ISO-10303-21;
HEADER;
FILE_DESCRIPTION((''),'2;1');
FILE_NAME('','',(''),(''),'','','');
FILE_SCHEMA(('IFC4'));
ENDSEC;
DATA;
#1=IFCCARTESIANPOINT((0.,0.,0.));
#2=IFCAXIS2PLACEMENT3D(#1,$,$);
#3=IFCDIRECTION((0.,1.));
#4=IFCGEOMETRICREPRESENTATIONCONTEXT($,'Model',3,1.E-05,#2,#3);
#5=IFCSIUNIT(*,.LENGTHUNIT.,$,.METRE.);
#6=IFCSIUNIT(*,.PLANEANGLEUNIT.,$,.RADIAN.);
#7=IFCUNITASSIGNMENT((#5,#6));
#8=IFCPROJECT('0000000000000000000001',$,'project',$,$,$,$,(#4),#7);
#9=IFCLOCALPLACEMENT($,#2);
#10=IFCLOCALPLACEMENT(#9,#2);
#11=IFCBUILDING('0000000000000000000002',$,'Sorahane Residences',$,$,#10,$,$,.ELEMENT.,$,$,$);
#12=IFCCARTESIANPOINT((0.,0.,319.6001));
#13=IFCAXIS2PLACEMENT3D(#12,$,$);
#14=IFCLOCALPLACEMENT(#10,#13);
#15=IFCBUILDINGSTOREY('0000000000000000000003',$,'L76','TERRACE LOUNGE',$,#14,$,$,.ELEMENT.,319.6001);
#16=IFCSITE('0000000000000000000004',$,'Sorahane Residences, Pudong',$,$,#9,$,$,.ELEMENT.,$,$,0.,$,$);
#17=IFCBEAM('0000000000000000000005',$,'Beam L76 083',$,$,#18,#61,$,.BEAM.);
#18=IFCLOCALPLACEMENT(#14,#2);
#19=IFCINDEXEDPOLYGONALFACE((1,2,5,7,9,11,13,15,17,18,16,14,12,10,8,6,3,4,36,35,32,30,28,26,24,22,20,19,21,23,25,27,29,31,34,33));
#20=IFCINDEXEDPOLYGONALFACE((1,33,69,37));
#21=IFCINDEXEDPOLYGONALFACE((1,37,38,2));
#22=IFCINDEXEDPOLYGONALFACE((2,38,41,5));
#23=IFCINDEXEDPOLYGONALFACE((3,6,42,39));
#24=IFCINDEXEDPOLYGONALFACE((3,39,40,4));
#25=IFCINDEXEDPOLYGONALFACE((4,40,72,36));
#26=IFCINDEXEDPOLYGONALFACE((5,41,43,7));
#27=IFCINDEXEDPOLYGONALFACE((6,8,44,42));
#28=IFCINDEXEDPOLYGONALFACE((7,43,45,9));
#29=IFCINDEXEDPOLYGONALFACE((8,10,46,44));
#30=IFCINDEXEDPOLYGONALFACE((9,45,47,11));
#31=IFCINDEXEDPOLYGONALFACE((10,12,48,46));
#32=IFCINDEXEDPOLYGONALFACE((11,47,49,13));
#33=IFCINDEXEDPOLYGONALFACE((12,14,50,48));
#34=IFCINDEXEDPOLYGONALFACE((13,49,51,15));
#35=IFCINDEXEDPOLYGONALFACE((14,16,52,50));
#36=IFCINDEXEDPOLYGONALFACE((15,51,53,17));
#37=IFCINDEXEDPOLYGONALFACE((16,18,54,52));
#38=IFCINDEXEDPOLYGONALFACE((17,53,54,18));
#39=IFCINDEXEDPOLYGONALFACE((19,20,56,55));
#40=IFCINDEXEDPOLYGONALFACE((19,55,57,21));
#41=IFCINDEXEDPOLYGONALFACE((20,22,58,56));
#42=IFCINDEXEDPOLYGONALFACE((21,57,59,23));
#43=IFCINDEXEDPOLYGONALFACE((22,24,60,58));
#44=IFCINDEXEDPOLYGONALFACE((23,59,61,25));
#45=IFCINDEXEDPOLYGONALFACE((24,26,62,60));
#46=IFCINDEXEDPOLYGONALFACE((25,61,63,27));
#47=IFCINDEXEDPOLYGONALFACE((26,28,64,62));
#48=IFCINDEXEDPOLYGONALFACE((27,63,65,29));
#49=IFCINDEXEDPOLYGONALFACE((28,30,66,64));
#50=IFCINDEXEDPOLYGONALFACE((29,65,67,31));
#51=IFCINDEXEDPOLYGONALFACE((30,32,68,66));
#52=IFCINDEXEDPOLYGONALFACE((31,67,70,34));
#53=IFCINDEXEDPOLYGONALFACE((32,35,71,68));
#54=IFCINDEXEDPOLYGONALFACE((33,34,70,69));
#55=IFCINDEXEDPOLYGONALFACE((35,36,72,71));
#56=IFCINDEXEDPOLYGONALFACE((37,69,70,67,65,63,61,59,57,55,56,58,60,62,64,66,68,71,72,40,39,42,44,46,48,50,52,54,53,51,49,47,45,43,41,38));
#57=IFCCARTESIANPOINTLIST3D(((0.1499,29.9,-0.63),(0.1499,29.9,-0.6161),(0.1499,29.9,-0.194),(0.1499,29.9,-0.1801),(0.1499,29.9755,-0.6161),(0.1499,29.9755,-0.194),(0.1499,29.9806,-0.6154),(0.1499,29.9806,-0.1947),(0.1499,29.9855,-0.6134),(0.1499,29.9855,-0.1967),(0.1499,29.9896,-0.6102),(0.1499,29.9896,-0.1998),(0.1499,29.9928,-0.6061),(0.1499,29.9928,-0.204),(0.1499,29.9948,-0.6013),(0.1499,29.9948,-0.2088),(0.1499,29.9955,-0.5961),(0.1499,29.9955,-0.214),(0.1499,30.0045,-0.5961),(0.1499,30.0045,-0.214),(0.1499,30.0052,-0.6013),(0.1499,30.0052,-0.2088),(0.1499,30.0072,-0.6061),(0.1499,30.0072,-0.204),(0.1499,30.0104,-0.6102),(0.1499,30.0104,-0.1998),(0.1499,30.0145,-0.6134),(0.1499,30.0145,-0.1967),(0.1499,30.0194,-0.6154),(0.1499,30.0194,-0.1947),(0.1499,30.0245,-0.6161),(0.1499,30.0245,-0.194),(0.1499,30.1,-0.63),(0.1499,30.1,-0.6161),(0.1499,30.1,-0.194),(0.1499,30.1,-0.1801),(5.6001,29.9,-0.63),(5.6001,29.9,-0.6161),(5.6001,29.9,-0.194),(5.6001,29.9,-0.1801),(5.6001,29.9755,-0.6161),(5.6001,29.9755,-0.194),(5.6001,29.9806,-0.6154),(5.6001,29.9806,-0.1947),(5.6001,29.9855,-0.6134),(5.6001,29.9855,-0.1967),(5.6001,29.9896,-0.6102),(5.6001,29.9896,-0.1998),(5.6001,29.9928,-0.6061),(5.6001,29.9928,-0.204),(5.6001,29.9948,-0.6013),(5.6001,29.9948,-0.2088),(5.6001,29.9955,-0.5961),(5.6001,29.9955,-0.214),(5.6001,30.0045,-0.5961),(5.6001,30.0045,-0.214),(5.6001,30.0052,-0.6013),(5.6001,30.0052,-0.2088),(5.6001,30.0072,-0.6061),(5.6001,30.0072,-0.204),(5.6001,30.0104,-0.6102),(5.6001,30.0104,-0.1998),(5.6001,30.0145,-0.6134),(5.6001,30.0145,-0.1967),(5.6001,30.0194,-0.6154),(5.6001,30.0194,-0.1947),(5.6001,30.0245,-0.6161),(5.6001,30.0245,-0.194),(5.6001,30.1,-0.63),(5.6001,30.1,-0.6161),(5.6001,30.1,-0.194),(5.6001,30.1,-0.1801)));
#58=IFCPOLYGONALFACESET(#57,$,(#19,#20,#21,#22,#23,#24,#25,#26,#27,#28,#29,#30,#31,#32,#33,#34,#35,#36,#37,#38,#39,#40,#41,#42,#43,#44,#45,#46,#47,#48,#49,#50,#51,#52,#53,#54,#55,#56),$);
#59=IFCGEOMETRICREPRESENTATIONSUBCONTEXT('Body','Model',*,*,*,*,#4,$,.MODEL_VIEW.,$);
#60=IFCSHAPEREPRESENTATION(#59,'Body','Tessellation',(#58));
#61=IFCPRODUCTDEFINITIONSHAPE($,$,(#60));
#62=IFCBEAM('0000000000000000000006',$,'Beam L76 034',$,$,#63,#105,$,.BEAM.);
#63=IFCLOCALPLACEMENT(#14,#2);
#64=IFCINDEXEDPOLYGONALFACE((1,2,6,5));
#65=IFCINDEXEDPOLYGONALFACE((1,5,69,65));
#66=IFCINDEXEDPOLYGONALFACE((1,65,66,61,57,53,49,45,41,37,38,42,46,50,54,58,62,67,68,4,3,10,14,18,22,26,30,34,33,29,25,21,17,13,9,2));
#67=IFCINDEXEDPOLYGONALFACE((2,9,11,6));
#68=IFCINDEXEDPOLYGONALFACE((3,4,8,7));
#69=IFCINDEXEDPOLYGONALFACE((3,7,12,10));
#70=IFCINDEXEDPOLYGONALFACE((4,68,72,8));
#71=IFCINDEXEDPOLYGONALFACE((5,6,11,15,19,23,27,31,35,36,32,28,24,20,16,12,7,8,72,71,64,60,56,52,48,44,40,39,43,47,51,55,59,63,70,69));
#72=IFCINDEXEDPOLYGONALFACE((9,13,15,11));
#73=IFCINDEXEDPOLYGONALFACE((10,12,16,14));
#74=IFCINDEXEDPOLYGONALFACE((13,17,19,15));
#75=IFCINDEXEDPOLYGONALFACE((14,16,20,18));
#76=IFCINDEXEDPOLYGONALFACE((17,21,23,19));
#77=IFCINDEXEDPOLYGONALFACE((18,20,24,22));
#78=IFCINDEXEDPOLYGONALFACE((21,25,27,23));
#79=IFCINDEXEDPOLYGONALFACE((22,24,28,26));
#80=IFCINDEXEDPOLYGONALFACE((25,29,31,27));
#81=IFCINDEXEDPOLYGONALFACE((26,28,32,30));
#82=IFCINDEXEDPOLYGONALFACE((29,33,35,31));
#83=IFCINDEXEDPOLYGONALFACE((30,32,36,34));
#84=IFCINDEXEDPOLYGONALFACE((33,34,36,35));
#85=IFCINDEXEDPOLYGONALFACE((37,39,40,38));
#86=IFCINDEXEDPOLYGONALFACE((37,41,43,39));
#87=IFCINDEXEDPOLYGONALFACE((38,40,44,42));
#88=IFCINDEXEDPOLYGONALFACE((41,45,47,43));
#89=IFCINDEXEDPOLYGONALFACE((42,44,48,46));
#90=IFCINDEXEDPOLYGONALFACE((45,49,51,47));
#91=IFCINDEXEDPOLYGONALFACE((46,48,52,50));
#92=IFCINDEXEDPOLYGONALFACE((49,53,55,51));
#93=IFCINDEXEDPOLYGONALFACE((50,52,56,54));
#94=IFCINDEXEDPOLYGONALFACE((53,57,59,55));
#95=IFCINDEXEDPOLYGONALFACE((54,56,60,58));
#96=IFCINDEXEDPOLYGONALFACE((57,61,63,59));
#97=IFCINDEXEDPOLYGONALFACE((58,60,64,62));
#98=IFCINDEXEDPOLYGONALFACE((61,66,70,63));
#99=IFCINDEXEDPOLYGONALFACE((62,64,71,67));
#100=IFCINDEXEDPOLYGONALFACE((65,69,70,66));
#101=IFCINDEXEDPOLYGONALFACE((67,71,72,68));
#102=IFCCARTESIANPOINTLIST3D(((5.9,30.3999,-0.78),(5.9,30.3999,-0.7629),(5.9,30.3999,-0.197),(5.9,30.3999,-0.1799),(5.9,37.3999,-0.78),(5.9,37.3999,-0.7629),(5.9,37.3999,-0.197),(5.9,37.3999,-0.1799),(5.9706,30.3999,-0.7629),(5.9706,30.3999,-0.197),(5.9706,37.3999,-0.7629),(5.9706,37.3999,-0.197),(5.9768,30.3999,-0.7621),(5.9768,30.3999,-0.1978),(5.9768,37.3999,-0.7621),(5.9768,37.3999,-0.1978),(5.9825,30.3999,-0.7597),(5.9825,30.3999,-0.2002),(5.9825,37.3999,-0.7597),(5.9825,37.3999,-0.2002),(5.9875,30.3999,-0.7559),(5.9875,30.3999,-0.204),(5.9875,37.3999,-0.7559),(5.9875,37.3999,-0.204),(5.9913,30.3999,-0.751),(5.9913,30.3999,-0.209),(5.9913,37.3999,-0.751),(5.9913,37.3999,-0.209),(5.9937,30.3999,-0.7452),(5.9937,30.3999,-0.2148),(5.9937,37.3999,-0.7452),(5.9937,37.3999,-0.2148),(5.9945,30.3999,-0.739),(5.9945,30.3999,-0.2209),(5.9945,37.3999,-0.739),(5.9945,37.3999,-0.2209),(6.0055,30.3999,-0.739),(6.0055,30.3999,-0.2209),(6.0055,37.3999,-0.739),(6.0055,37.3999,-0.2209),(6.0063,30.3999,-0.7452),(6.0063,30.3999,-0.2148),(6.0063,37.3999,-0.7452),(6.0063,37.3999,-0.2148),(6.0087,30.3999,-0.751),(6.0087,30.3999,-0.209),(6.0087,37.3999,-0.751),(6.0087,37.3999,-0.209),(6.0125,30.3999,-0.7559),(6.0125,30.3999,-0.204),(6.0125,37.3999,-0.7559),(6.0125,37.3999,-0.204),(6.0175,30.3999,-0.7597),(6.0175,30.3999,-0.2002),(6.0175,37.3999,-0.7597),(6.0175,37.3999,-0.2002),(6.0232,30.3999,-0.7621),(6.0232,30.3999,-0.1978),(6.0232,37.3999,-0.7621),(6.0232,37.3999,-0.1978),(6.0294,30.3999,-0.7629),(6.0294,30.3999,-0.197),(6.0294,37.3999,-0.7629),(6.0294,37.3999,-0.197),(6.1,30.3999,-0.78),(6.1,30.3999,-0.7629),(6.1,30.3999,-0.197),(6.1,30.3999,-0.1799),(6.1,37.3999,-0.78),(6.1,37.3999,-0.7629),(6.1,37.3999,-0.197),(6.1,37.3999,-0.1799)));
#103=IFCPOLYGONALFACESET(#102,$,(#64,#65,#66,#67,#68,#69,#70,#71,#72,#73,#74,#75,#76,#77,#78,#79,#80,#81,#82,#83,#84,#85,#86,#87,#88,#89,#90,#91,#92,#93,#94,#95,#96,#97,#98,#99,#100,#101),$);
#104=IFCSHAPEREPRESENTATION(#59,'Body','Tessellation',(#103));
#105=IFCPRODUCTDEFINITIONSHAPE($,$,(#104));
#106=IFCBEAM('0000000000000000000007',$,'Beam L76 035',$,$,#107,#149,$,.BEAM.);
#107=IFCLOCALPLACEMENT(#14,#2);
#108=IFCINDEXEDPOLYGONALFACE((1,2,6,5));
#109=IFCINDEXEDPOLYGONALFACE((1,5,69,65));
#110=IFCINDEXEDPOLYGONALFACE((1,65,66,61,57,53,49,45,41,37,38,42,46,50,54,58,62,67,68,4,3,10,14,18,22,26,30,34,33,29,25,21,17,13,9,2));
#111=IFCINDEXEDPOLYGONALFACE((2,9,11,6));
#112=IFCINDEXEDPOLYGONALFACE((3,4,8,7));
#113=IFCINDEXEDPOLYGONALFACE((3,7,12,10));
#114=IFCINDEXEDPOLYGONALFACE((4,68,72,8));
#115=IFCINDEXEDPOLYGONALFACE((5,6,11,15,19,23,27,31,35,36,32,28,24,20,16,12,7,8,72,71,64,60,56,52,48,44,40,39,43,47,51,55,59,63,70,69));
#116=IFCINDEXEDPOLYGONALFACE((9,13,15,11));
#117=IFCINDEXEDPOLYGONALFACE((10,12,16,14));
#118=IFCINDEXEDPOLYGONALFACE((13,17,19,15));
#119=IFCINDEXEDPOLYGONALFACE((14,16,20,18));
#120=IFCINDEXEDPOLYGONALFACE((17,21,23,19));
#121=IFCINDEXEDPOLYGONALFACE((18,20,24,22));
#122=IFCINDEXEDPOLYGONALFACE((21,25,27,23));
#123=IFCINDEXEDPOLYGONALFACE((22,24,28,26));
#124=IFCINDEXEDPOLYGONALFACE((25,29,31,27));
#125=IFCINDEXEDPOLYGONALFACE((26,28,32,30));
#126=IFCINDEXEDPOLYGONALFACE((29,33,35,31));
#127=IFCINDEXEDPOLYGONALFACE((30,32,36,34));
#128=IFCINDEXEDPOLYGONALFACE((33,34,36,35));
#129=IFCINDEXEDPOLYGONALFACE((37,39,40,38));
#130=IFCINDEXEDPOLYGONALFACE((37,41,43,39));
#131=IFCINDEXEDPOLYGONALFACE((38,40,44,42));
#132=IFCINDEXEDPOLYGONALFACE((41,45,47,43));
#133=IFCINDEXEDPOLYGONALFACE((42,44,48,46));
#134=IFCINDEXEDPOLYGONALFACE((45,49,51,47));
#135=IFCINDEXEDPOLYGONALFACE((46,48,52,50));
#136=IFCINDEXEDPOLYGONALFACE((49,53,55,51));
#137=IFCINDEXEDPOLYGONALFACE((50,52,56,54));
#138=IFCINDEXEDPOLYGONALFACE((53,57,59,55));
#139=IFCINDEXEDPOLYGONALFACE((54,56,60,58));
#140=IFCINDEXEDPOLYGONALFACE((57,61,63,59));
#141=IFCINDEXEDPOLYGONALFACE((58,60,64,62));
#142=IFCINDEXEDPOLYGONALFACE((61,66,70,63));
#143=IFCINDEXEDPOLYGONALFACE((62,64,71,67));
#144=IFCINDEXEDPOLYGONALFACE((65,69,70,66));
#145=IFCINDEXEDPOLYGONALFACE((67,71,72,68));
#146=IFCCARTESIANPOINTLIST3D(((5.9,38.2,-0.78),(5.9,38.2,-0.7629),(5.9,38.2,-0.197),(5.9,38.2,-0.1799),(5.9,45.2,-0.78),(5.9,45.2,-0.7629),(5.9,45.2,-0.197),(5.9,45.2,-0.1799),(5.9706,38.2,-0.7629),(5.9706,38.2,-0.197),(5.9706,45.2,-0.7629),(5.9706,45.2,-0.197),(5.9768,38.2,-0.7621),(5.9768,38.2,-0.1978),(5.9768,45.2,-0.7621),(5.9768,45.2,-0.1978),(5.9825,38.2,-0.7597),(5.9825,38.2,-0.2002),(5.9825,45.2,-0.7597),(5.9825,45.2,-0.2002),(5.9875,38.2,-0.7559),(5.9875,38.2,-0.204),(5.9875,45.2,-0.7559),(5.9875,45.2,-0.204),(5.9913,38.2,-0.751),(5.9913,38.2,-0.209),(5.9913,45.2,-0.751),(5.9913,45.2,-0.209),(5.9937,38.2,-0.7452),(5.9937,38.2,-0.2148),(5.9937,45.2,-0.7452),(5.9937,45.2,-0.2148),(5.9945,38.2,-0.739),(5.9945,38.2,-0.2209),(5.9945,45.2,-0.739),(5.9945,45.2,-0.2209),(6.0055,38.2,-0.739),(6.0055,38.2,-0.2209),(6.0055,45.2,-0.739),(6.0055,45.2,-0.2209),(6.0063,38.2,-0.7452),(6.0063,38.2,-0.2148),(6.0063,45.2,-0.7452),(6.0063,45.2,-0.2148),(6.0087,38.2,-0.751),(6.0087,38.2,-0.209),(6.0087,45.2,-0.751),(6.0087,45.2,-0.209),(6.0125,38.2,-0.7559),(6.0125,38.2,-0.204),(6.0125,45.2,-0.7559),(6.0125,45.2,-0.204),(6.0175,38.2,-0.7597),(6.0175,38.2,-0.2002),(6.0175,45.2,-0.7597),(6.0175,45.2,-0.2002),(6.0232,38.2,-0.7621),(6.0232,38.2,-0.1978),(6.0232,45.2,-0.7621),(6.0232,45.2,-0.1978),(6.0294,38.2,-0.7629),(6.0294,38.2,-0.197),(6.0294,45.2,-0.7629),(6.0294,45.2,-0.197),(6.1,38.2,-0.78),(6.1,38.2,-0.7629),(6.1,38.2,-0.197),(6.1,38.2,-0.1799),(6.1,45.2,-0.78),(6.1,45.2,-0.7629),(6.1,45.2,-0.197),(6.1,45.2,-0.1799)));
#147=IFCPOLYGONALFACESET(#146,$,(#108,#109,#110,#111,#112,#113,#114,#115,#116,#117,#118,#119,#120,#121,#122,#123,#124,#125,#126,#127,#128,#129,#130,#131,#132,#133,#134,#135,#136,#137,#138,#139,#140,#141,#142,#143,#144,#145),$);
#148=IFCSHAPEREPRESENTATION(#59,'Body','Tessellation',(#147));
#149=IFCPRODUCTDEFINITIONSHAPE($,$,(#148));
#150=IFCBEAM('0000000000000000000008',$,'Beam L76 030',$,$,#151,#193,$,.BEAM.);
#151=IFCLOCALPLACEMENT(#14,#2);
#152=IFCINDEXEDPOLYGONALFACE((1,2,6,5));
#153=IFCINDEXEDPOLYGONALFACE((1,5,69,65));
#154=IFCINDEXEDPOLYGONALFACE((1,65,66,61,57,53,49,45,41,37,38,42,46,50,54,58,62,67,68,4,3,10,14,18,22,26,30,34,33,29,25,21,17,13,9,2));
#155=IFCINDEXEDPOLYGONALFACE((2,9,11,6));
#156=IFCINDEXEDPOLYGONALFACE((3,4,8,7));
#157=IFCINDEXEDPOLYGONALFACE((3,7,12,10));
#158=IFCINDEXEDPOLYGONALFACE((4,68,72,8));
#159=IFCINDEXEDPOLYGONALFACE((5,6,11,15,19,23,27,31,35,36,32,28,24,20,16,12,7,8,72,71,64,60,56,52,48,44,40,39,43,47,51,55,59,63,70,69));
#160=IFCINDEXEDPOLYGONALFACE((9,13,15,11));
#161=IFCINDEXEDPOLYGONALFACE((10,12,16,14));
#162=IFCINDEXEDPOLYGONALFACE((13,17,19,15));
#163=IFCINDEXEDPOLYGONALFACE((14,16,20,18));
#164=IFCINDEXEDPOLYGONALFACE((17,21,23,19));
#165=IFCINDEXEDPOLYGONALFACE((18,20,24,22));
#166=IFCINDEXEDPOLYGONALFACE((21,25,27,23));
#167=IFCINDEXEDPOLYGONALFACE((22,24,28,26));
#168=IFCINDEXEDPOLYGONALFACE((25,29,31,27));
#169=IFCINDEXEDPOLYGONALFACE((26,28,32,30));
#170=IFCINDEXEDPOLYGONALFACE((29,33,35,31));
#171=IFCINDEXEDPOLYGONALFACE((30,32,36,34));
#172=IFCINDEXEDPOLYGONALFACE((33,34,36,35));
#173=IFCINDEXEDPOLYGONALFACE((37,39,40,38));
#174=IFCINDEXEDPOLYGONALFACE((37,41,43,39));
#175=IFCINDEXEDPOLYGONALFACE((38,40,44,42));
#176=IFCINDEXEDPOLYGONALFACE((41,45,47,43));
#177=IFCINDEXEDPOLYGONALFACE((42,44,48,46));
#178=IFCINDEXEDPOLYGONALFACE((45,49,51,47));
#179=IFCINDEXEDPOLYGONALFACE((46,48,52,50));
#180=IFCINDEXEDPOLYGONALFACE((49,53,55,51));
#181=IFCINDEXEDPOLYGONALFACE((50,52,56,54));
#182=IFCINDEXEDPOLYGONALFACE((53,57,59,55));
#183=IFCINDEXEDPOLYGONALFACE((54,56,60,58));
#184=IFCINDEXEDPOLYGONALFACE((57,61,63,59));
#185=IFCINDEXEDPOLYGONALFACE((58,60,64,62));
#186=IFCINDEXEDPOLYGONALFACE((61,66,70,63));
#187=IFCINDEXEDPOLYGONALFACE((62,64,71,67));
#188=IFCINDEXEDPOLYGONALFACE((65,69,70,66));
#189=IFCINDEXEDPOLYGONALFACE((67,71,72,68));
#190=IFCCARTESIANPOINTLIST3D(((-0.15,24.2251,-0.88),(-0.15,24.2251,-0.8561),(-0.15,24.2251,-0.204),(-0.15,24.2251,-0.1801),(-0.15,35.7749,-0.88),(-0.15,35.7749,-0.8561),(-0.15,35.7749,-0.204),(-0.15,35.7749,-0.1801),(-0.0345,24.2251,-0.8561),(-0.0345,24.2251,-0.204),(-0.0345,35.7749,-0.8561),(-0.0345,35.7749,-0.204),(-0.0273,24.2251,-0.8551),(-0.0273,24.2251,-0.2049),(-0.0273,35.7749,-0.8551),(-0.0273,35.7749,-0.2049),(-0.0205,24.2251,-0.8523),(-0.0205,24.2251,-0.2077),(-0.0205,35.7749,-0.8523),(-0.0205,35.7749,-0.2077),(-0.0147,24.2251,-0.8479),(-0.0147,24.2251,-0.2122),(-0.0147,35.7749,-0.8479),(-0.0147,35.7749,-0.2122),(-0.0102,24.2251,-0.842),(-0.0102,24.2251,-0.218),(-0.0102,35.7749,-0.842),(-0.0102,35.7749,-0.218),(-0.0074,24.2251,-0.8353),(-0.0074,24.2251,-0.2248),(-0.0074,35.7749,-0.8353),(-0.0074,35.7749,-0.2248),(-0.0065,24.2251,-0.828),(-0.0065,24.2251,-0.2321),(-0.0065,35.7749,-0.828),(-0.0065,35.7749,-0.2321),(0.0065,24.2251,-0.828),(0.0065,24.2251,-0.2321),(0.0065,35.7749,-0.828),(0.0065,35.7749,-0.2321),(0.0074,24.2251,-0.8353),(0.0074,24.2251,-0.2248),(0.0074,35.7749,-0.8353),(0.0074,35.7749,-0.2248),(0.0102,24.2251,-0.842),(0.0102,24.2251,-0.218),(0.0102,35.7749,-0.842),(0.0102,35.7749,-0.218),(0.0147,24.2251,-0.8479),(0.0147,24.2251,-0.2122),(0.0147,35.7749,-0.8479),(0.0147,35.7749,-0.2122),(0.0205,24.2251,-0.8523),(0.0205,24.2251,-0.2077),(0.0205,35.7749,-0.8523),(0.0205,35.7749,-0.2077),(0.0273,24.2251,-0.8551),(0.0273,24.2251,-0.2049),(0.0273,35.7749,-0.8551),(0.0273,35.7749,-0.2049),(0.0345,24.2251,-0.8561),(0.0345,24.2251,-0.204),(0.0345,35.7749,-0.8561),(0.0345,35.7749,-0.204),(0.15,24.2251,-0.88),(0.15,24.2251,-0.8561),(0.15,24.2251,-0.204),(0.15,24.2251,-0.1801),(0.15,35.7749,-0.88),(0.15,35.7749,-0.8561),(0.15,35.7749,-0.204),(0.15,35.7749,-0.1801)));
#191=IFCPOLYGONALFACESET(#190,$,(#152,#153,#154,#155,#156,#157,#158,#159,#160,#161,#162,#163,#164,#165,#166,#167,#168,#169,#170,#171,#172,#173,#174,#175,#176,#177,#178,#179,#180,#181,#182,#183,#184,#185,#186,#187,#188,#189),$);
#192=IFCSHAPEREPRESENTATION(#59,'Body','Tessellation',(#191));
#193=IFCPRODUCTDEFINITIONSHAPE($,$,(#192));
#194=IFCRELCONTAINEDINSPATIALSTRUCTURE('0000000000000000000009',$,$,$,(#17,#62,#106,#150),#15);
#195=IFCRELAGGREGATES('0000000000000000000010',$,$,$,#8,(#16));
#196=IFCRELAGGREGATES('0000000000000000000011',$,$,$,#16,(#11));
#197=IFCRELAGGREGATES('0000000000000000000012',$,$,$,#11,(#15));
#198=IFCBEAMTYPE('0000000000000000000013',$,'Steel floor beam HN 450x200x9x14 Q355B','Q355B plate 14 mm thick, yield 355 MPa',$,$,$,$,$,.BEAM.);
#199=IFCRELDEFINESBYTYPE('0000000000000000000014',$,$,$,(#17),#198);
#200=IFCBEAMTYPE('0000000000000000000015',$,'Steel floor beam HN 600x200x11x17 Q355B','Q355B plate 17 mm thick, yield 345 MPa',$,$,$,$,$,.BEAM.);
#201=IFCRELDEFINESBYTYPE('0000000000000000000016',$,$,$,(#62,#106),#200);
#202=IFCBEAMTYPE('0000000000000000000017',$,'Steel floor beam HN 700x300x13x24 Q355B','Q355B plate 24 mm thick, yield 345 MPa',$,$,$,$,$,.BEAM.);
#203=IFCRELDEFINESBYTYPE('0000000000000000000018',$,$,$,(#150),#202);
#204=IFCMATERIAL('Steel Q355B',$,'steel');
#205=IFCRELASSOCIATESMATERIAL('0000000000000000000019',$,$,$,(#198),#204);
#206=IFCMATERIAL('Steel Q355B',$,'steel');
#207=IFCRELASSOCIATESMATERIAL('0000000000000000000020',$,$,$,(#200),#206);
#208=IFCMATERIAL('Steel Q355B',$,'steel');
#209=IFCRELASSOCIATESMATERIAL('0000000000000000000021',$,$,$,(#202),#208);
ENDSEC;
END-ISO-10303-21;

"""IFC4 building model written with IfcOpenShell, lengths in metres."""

from ifc_helpers import new_model, si_unit, direction, frame, origin, origin_2d, place, context, subcontext, project, spatial, i_section, extrude, material, material_profile, profile_set, type_object, element, save


model = new_model("IFC4")

# Units and contexts
model_context = context("Model", 3, precision=1e-05, world=origin(), true_north=direction((0.0, 1.0)))
body_context = subcontext(model_context, "Body", "Model", "MODEL_VIEW")
ifc_project = project(units=[si_unit("LENGTHUNIT", "METRE"), si_unit("PLANEANGLEUNIT", "RADIAN")], contexts=[model_context])

# Site, building, storey
site_placement = place(None, origin())
site = spatial("IfcSite", under=ifc_project, at=site_placement, Name="Sorahane Residences, Pudong", CompositionType="ELEMENT", RefElevation=0.0)
building_placement = place(site_placement, origin())
building = spatial("IfcBuilding", under=site, at=building_placement, Name="Sorahane Residences", CompositionType="ELEMENT")
storey_placement = place(building_placement, frame((0.0, 0.0, 319.6001)))
storey = spatial("IfcBuildingStorey", under=building, at=storey_placement, Name="L76", Description="TERRACE LOUNGE", CompositionType="ELEMENT", Elevation=319.6001)

# Beams
ifc_material_1 = material(Name="Steel Q355B", Category="steel")
ifc_material_profile_1 = material_profile(ifc_material_1, i_section(OverallWidth=0.2, OverallDepth=0.45, WebThickness=0.009, FlangeThickness=0.0139, FilletRadius=0.02, at=origin_2d()), Name="HN 450x200x9x14")
ifc_profile_set_1 = profile_set([ifc_material_profile_1], Name="Steel Q355B")
beam_type_1 = type_object("IfcBeamType", Name="Steel floor beam HN 450x200x9x14 Q355B", Description="Q355B plate 14 mm thick, yield 355 MPa", PredefinedType="BEAM", material=ifc_profile_set_1)
beam_1_placement = place(storey_placement, frame((0.1499, 30.0, -0.405), z_axis=(1.0, 0.0, 0.0), x_axis=(0.0, 1.0, 0.0)))
element("IfcBeam", 1, at=beam_1_placement, inside=storey, type_object=beam_type_1, Name="Beam L76 083", PredefinedType="BEAM", context=body_context, shape_type="SweptSolid", body=[
    extrude(i_section(OverallWidth=0.2, OverallDepth=0.45, WebThickness=0.009, FlangeThickness=0.0139, FilletRadius=0.02, at=origin_2d()), origin(), (0.0, 0.0, 1.0), 5.4502),
])
ifc_material_2 = material(Name="Steel Q355B", Category="steel")
ifc_material_profile_2 = material_profile(ifc_material_2, i_section(OverallWidth=0.2, OverallDepth=0.6001, WebThickness=0.011, FlangeThickness=0.0171, FilletRadius=0.0239, at=origin_2d()), Name="HN 600x200x11x17")
ifc_profile_set_2 = profile_set([ifc_material_profile_2], Name="Steel Q355B")
beam_type_2 = type_object("IfcBeamType", Name="Steel floor beam HN 600x200x11x17 Q355B", Description="Q355B plate 17 mm thick, yield 345 MPa", PredefinedType="BEAM", material=ifc_profile_set_2)
for number, where, z_axis, x_axis, name in (
    (2, (6.0, 30.3999, -0.48), (0.0, 1.0, 0.0), (-1.0, 0.0, 0.0), "Beam L76 034"),
    (3, (6.0, 38.2, -0.48), (0.0, 1.0, 0.0), (-1.0, 0.0, 0.0), "Beam L76 035"),
):
    element("IfcBeam", number, at=place(storey_placement, frame(where, z_axis=z_axis, x_axis=x_axis)), inside=storey, type_object=beam_type_2, Name=name, PredefinedType="BEAM", context=body_context, shape_type="SweptSolid", body=[
        extrude(i_section(OverallWidth=0.2, OverallDepth=0.6001, WebThickness=0.011, FlangeThickness=0.0171, FilletRadius=0.0239, at=origin_2d()), origin(), (0.0, 0.0, 1.0), 7.0),
    ])
ifc_material_3 = material(Name="Steel Q355B", Category="steel")
ifc_material_profile_3 = material_profile(ifc_material_3, i_section(OverallWidth=0.3, OverallDepth=0.7, WebThickness=0.0129, FlangeThickness=0.0239, FilletRadius=0.0281, at=origin_2d()), Name="HN 700x300x13x24")
ifc_profile_set_3 = profile_set([ifc_material_profile_3], Name="Steel Q355B")
beam_type_3 = type_object("IfcBeamType", Name="Steel floor beam HN 700x300x13x24 Q355B", Description="Q355B plate 24 mm thick, yield 345 MPa", PredefinedType="BEAM", material=ifc_profile_set_3)
beam_2_placement = place(storey_placement, frame((0.0, 24.2251, -0.53), z_axis=(0.0, 1.0, 0.0), x_axis=(-1.0, 0.0, 0.0)))
element("IfcBeam", 4, at=beam_2_placement, inside=storey, type_object=beam_type_3, Name="Beam L76 030", PredefinedType="BEAM", context=body_context, shape_type="SweptSolid", body=[
    extrude(i_section(OverallWidth=0.3, OverallDepth=0.7, WebThickness=0.0129, FlangeThickness=0.0239, FilletRadius=0.0281, at=origin_2d()), origin(), (0.0, 0.0, 1.0), 11.5498),
])

save(model, "model.ifc")
